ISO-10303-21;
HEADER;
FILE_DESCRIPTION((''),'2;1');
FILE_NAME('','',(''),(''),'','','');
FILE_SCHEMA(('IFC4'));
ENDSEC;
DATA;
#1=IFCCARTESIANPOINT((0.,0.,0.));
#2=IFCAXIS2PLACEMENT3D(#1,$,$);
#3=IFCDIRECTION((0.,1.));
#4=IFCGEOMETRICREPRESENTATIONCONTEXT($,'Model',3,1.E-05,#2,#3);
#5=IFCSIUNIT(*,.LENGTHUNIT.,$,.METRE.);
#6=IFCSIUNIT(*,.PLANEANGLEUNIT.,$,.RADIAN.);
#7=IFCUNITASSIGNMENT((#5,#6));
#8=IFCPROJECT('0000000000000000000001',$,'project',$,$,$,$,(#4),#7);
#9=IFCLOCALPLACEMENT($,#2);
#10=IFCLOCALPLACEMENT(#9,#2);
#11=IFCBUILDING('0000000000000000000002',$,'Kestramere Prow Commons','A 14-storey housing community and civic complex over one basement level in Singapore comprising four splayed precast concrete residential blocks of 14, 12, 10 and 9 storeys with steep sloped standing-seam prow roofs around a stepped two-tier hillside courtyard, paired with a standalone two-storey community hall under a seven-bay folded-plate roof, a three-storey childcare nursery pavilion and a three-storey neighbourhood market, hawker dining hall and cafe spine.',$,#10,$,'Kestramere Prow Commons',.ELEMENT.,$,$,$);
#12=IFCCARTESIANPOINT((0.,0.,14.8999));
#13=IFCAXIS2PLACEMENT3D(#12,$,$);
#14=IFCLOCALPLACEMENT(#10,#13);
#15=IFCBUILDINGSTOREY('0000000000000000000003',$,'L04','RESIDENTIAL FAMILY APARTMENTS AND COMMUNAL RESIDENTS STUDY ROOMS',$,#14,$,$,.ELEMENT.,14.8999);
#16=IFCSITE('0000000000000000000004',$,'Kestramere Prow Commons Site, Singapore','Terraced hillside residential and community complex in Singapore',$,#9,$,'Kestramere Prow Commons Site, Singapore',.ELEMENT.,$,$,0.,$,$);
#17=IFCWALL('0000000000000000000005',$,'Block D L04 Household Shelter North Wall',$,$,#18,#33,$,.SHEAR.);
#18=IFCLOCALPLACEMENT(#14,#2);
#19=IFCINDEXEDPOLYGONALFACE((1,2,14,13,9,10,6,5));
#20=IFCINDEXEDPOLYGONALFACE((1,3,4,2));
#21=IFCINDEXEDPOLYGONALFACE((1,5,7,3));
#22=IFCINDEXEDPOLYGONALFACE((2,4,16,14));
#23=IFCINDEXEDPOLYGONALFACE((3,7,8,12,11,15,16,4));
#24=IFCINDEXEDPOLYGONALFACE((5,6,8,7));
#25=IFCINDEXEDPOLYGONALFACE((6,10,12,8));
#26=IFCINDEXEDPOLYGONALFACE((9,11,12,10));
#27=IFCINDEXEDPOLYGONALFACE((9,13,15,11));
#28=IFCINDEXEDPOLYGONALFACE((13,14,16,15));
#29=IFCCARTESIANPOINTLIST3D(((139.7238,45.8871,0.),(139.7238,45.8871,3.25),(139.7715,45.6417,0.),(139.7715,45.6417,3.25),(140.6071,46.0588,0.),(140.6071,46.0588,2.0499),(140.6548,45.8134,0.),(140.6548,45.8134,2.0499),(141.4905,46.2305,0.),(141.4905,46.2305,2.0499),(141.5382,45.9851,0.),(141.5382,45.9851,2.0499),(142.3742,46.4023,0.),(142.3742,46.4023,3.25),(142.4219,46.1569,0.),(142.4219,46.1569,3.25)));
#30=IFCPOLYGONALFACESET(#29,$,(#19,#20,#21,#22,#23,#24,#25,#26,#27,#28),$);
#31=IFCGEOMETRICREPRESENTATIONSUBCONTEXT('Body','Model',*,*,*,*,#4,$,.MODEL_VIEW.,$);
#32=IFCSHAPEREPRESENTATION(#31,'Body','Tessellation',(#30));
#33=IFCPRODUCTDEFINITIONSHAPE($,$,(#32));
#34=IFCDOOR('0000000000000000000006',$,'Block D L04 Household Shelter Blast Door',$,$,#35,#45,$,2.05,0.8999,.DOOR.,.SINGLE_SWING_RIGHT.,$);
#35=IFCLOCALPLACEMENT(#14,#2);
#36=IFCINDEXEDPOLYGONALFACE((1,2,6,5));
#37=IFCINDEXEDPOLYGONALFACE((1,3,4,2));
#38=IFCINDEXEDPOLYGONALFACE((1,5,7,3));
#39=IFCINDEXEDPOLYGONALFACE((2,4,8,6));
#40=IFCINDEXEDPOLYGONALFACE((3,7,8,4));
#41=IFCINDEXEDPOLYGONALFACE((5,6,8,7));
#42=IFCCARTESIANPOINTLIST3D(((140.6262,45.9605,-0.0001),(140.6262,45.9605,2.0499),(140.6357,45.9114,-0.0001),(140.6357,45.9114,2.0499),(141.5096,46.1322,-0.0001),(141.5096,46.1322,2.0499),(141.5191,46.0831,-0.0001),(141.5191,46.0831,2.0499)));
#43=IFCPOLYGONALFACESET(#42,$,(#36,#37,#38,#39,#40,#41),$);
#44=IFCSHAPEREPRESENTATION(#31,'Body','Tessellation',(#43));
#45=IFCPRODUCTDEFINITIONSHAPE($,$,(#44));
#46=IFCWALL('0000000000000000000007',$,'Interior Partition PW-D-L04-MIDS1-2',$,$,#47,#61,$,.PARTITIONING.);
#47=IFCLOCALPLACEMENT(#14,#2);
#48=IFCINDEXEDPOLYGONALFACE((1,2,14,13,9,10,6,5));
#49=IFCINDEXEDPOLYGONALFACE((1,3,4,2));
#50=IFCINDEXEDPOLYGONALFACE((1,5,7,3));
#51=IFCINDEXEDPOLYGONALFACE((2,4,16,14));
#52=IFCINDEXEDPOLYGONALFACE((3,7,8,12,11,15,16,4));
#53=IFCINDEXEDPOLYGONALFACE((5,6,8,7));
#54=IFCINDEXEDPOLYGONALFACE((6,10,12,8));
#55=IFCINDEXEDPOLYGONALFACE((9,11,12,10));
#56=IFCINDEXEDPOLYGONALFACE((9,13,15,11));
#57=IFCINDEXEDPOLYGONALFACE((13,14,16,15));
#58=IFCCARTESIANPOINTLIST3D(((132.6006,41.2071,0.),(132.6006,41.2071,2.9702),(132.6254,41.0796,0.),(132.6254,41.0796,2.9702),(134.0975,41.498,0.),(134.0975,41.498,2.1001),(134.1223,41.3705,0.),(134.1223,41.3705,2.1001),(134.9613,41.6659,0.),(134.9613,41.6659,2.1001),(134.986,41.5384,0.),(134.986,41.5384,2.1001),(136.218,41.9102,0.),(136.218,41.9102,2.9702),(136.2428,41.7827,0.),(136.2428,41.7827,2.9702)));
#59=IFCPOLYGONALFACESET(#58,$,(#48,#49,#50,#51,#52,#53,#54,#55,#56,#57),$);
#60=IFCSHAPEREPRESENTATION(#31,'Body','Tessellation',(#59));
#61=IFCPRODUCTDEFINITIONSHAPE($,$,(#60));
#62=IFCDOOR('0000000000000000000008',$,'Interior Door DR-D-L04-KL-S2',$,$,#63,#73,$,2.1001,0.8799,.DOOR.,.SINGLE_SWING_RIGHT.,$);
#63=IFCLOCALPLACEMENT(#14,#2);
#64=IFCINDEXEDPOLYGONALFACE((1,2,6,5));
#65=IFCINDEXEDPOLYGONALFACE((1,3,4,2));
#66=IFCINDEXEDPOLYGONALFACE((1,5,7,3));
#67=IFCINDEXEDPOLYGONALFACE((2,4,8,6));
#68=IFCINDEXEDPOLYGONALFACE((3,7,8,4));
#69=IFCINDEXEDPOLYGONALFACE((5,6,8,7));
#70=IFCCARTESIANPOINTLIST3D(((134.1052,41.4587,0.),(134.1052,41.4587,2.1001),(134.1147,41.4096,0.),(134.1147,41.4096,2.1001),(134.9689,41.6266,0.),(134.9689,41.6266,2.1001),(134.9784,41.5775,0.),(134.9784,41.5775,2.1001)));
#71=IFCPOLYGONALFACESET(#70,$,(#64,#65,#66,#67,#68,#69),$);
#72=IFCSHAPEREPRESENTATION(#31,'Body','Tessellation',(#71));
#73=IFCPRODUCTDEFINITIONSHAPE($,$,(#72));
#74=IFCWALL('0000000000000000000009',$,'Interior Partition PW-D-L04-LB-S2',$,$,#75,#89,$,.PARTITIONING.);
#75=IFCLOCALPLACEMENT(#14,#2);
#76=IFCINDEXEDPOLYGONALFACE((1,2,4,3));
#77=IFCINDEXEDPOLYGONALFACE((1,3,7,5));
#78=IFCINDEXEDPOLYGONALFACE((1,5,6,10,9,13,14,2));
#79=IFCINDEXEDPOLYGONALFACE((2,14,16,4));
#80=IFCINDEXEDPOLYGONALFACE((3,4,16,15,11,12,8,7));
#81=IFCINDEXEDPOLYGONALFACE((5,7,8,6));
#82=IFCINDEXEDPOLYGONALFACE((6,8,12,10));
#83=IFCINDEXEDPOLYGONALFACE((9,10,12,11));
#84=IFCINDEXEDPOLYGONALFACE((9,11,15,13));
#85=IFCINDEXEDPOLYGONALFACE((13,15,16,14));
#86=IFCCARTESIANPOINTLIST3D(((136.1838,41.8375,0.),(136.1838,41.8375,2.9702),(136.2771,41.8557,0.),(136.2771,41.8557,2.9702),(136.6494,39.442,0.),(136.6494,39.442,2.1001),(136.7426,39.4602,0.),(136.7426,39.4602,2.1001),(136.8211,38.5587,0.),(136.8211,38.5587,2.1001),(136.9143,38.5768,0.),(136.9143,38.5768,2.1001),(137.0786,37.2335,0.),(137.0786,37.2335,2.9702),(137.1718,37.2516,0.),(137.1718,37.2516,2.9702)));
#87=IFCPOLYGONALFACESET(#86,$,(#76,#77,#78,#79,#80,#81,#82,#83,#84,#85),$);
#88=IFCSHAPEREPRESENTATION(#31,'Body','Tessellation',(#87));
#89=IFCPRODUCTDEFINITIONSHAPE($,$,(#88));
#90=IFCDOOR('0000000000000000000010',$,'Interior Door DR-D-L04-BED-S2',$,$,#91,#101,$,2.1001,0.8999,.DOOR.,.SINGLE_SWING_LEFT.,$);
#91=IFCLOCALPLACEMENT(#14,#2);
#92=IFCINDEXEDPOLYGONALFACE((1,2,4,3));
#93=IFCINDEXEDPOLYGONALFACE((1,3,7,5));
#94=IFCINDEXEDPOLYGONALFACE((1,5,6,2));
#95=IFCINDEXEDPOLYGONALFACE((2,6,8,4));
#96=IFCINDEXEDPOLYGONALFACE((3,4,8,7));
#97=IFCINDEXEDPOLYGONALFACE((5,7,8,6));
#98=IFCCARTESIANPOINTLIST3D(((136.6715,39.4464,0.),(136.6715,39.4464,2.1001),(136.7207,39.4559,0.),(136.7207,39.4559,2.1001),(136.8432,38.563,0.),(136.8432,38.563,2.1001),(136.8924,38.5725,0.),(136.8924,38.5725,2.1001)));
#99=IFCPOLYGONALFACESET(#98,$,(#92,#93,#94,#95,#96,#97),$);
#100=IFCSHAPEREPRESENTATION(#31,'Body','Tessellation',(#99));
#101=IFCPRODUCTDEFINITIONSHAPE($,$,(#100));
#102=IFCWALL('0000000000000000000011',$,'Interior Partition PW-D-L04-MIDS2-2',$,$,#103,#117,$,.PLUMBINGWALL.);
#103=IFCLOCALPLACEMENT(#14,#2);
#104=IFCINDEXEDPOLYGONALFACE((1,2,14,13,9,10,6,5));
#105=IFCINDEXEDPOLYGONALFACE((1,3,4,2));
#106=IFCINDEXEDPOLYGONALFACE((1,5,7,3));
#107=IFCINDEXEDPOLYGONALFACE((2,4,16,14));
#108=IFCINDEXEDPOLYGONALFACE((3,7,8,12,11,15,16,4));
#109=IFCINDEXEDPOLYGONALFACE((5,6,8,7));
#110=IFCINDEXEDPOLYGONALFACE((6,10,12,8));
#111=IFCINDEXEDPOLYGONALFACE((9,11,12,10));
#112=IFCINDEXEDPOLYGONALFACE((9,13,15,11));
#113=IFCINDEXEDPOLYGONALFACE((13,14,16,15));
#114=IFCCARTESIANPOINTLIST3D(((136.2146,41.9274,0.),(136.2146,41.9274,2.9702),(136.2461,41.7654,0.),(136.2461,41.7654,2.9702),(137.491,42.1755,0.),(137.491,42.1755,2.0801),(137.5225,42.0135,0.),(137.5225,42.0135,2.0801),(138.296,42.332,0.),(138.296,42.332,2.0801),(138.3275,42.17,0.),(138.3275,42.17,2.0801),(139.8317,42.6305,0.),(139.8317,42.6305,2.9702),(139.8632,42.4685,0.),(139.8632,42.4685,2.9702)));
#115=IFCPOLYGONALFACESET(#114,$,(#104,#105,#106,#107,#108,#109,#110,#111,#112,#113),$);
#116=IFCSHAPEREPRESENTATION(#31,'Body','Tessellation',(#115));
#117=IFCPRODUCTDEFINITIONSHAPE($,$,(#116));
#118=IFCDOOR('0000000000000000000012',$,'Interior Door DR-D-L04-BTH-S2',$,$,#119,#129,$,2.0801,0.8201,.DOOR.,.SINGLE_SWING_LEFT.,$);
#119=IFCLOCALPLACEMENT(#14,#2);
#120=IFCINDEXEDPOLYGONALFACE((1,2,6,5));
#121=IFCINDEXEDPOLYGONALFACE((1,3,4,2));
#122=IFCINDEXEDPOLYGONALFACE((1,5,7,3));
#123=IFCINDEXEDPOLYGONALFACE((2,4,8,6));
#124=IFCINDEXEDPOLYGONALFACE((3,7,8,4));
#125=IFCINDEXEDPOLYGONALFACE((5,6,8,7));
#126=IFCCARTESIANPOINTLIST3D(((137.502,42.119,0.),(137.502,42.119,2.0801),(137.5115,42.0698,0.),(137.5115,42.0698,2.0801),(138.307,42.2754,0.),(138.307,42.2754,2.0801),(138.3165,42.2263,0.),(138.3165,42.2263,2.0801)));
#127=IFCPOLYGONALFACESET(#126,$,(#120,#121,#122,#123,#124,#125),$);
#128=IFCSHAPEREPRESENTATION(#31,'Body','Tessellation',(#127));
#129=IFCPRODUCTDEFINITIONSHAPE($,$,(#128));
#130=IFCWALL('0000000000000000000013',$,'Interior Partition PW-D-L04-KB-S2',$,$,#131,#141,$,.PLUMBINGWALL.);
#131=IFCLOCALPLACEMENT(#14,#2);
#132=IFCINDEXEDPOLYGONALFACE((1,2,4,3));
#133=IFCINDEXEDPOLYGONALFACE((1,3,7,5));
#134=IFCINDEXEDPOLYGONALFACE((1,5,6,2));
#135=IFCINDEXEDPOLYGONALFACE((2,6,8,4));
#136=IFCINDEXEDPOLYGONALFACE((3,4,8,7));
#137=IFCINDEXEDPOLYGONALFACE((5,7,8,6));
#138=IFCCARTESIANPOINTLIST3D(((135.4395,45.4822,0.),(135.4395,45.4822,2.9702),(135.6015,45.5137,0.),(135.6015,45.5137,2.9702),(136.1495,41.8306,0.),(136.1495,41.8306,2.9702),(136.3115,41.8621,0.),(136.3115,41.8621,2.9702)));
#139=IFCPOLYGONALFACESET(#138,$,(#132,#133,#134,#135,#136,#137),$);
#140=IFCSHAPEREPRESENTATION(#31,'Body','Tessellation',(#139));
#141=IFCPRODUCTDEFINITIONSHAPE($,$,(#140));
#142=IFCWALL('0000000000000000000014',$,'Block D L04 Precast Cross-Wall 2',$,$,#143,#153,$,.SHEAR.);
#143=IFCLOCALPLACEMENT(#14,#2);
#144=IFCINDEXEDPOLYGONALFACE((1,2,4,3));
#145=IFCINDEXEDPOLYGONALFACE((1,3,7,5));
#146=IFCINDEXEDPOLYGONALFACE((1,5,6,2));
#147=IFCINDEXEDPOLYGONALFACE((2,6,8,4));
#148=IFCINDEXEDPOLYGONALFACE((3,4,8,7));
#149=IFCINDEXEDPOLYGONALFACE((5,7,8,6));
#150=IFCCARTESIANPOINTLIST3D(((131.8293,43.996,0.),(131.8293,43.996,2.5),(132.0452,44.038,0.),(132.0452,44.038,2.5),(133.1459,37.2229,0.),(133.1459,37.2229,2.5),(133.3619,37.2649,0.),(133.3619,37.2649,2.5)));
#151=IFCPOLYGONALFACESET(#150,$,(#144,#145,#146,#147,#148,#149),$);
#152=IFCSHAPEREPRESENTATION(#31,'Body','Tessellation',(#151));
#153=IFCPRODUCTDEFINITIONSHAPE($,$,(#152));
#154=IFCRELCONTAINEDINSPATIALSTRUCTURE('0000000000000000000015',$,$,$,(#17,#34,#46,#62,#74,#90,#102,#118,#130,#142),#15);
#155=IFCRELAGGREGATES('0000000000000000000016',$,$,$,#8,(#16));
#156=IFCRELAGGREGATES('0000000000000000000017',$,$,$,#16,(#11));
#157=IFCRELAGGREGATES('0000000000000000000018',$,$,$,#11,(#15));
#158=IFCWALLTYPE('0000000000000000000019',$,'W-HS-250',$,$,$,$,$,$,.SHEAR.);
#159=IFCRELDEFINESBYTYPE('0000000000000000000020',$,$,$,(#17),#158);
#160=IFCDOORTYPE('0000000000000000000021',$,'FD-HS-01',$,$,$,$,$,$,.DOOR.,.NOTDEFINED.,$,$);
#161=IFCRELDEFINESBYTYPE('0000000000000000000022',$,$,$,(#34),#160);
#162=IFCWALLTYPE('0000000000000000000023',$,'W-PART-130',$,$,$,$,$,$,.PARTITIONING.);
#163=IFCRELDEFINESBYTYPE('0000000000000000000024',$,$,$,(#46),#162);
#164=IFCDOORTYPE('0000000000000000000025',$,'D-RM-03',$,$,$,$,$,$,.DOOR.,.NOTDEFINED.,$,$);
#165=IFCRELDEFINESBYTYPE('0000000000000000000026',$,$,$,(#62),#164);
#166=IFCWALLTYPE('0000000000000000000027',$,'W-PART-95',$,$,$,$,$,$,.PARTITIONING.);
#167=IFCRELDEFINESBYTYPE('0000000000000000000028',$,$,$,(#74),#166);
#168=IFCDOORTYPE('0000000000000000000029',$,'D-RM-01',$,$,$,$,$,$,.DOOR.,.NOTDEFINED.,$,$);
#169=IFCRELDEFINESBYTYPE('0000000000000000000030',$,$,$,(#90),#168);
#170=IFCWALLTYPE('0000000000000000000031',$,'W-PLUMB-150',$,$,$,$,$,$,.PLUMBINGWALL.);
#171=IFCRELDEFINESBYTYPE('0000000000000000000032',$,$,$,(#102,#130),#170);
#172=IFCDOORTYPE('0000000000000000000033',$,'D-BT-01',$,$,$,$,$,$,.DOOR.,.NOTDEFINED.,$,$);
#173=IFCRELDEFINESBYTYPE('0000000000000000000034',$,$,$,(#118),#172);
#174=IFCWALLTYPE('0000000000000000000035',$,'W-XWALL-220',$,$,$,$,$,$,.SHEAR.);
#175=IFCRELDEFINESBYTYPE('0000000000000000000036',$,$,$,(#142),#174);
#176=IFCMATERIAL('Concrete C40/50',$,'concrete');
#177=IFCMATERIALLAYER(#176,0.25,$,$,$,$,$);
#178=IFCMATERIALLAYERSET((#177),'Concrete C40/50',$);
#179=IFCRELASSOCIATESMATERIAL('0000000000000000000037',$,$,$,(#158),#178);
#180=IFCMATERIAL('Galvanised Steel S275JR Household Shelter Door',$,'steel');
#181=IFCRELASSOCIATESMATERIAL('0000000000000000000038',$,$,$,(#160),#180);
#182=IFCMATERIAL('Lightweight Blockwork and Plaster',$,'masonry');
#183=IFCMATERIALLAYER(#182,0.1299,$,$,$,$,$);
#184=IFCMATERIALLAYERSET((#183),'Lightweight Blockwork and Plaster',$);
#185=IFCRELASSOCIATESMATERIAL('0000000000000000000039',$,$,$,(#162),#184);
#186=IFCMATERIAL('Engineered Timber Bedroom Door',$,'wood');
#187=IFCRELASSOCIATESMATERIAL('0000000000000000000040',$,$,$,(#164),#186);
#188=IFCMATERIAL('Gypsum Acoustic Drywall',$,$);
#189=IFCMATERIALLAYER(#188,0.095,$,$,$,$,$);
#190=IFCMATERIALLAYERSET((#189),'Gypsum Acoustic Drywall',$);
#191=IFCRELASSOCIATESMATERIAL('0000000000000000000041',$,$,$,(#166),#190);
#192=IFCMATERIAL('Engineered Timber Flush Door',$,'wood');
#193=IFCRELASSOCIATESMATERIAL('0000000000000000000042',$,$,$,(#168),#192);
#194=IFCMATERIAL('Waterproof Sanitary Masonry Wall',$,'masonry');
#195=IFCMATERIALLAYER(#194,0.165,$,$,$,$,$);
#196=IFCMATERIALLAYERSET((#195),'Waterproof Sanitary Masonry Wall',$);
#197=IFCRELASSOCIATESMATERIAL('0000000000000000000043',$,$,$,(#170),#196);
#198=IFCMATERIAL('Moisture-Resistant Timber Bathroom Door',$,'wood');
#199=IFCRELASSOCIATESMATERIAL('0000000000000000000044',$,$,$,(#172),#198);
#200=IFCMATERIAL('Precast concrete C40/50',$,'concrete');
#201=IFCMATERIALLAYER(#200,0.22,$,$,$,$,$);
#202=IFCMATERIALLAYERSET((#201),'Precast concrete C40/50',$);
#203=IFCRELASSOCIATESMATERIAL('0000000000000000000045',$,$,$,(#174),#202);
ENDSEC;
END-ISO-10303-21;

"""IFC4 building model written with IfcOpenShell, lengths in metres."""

from ifc_helpers import new_model, si_unit, direction, frame, frame_2d, origin, place, context, subcontext, project, spatial, rectangle, extrude, material, layer, layer_set, type_object, element, fill, save


model = new_model("IFC4")

# Units and contexts
model_context = context("Model", 3, precision=1e-05, world=origin(), true_north=direction((0.0, 1.0)))
body_context = subcontext(model_context, "Body", "Model", "MODEL_VIEW")
ifc_project = project(units=[si_unit("LENGTHUNIT", "METRE"), si_unit("PLANEANGLEUNIT", "RADIAN")], contexts=[model_context])

# Site, building, storey
site_placement = place(None, origin())
site = spatial("IfcSite", under=ifc_project, at=site_placement, Name="Kestramere Prow Commons Site, Singapore", Description="Terraced hillside residential and community complex in Singapore", LongName="Kestramere Prow Commons Site, Singapore", CompositionType="ELEMENT", RefElevation=0.0)
building_placement = place(site_placement, origin())
building = spatial("IfcBuilding", under=site, at=building_placement, Name="Kestramere Prow Commons", Description="A 14-storey housing community and civic complex over one basement level in Singapore comprising four splayed precast concrete residential blocks of 14, 12, 10 and 9 storeys with steep sloped standing-seam prow roofs around a stepped two-tier hillside courtyard, paired with a standalone two-storey community hall under a seven-bay folded-plate roof, a three-storey childcare nursery pavilion and a three-storey neighbourhood market, hawker dining hall and cafe spine.", LongName="Kestramere Prow Commons", CompositionType="ELEMENT")
storey_placement = place(building_placement, frame((0.0, 0.0, 14.8999)))
storey = spatial("IfcBuildingStorey", under=building, at=storey_placement, Name="L04", Description="RESIDENTIAL FAMILY APARTMENTS AND COMMUNAL RESIDENTS STUDY ROOMS", CompositionType="ELEMENT", Elevation=14.8999)

# Shared definitions
ifc_material_1 = material(Name="Precast concrete C40/50", Category="concrete")

# Shared definitions
ifc_material_2 = material(Name="Concrete C40/50", Category="concrete")
ifc_layer_1 = layer(ifc_material_2, 0.25)
ifc_layer_set_1 = layer_set([ifc_layer_1], Name="Concrete C40/50")
wall_type_1 = type_object("IfcWallType", Name="W-HS-250", PredefinedType="SHEAR", material=ifc_layer_set_1)

# Walls, openings, doors
wall_1_placement = place(storey_placement, frame((139.7476, 45.7644, 0.0), z_axis=(0.0, 0.0, 1.0), x_axis=(0.98163, 0.190792, 0.0)))
wall_1 = element("IfcWall", 1, at=wall_1_placement, inside=storey, type_object=wall_type_1, Name="Block D L04 Household Shelter North Wall", PredefinedType="SHEAR", context=body_context, shape_type="SweptSolid", body=[
    extrude(rectangle(XDim=2.7, YDim=0.25, at=frame_2d((1.3501, 0.0))), origin(), (0.0, 0.0, 1.0), 3.25),
])
opening_1_placement = place(wall_1_placement, frame((0.8999, 0.0, 0.0)))
opening_1 = element("IfcOpeningElement", 2, at=opening_1_placement, cuts=wall_1, PredefinedType="OPENING", context=body_context, shape_type="SweptSolid", body=[
    extrude(rectangle(XDim=0.8999, YDim=2.05, at=frame_2d((0.45, 1.0249))), frame((0.0, 0.1399, 0.0), z_axis=(0.0, -1.0, 0.0), x_axis=(1.0, 0.0, 0.0)), (0.0, 0.0, 1.0), 0.28),
])
ifc_material_3 = material(Name="Galvanised Steel S275JR Household Shelter Door", Category="steel")
door_type_1 = type_object("IfcDoorType", Name="FD-HS-01", OperationType="NOTDEFINED", PredefinedType="DOOR", material=ifc_material_3)
door_1_placement = place(opening_1_placement, origin())
door_1 = element("IfcDoor", 3, at=door_1_placement, inside=storey, type_object=door_type_1, Name="Block D L04 Household Shelter Blast Door", OperationType="SINGLE_SWING_RIGHT", OverallHeight=2.05, OverallWidth=0.8999, PredefinedType="DOOR", context=body_context, shape_type="SweptSolid", body=[
    extrude(rectangle(XDim=0.8999, YDim=2.05, at=frame_2d((0.45, 1.0249))), frame((0.0, 0.0249, 0.0), z_axis=(0.0, -1.0, 0.0), x_axis=(1.0, 0.0, 0.0)), (0.0, 0.0, 1.0), 0.05),
])
fill(opening_1, door_1)
ifc_material_4 = material(Name="Lightweight Blockwork and Plaster", Category="masonry")
ifc_layer_2 = layer(ifc_material_4, 0.1299)
ifc_layer_set_2 = layer_set([ifc_layer_2], Name="Lightweight Blockwork and Plaster")
wall_type_2 = type_object("IfcWallType", Name="W-PART-130", PredefinedType="PARTITIONING", material=ifc_layer_set_2)
wall_2_placement = place(storey_placement, frame((132.613, 41.1433, 0.0), z_axis=(0.0, 0.0, 1.0), x_axis=(0.981629, 0.190801, 0.0)))
wall_2 = element("IfcWall", 4, at=wall_2_placement, inside=storey, type_object=wall_type_2, Name="Interior Partition PW-D-L04-MIDS1-2", PredefinedType="PARTITIONING", context=body_context, shape_type="SweptSolid", body=[
    extrude(rectangle(XDim=3.6851, YDim=0.1299, at=frame_2d((1.8425, 0.0))), origin(), (0.0, 0.0, 1.0), 2.9702),
])
opening_2_placement = place(wall_2_placement, frame((1.5249, 0.0, 0.0)))
opening_2 = element("IfcOpeningElement", 5, at=opening_2_placement, cuts=wall_2, PredefinedType="OPENING", context=body_context, shape_type="SweptSolid", body=[
    extrude(rectangle(XDim=0.8799, YDim=2.1001, at=frame_2d((0.4399, 1.05))), frame((0.0, 0.0798, 0.0), z_axis=(0.0, -1.0, 0.0), x_axis=(1.0, 0.0, 0.0)), (0.0, 0.0, 1.0), 0.1599),
])
ifc_material_5 = material(Name="Engineered Timber Bedroom Door", Category="wood")
door_type_2 = type_object("IfcDoorType", Name="D-RM-03", OperationType="NOTDEFINED", PredefinedType="DOOR", material=ifc_material_5)
door_2_placement = place(opening_2_placement, origin())
door_2 = element("IfcDoor", 6, at=door_2_placement, inside=storey, type_object=door_type_2, Name="Interior Door DR-D-L04-KL-S2", OperationType="SINGLE_SWING_RIGHT", OverallHeight=2.1001, OverallWidth=0.8799, PredefinedType="DOOR", context=body_context, shape_type="SweptSolid", body=[
    extrude(rectangle(XDim=0.8799, YDim=2.1001, at=frame_2d((0.4399, 1.05))), frame((0.0, 0.0249, 0.0), z_axis=(0.0, -1.0, 0.0), x_axis=(1.0, 0.0, 0.0)), (0.0, 0.0, 1.0), 0.05),
])
fill(opening_2, door_2)
ifc_material_6 = material(Name="Gypsum Acoustic Drywall")
ifc_layer_3 = layer(ifc_material_6, 0.095)
ifc_layer_set_3 = layer_set([ifc_layer_3], Name="Gypsum Acoustic Drywall")
wall_type_3 = type_object("IfcWallType", Name="W-PART-95", PredefinedType="PARTITIONING", material=ifc_layer_set_3)
wall_3_placement = place(storey_placement, frame((137.1252, 37.2424, 0.0), z_axis=(0.0, 0.0, 1.0), x_axis=(-0.190778, 0.981633, 0.0)))
wall_3 = element("IfcWall", 7, at=wall_3_placement, inside=storey, type_object=wall_type_3, Name="Interior Partition PW-D-L04-LB-S2", PredefinedType="PARTITIONING", context=body_context, shape_type="SweptSolid", body=[
    extrude(rectangle(XDim=4.6902, YDim=0.095, at=frame_2d((2.3452, 0.0))), origin(), (0.0, 0.0, 1.0), 2.9702),
])
opening_3_placement = place(wall_3_placement, frame((1.3501, 0.0, 0.0)))
opening_3 = element("IfcOpeningElement", 8, at=opening_3_placement, cuts=wall_3, PredefinedType="OPENING", context=body_context, shape_type="SweptSolid", body=[
    extrude(rectangle(XDim=0.8999, YDim=2.1001, at=frame_2d((0.45, 1.05))), frame((0.0, 0.0625, 0.0), z_axis=(0.0, -1.0, 0.0), x_axis=(1.0, 0.0, 0.0)), (0.0, 0.0, 1.0), 0.125),
])
ifc_material_7 = material(Name="Engineered Timber Flush Door", Category="wood")
door_type_3 = type_object("IfcDoorType", Name="D-RM-01", OperationType="NOTDEFINED", PredefinedType="DOOR", material=ifc_material_7)
door_3_placement = place(opening_3_placement, origin())
door_3 = element("IfcDoor", 9, at=door_3_placement, inside=storey, type_object=door_type_3, Name="Interior Door DR-D-L04-BED-S2", OperationType="SINGLE_SWING_LEFT", OverallHeight=2.1001, OverallWidth=0.8999, PredefinedType="DOOR", context=body_context, shape_type="SweptSolid", body=[
    extrude(rectangle(XDim=0.8999, YDim=2.1001, at=frame_2d((0.45, 1.05))), frame((0.0, 0.0249, 0.0), z_axis=(0.0, -1.0, 0.0), x_axis=(1.0, 0.0, 0.0)), (0.0, 0.0, 1.0), 0.05),
])
fill(opening_3, door_3)
ifc_material_8 = material(Name="Waterproof Sanitary Masonry Wall", Category="masonry")
ifc_layer_4 = layer(ifc_material_8, 0.165)
ifc_layer_set_4 = layer_set([ifc_layer_4], Name="Waterproof Sanitary Masonry Wall")
wall_type_4 = type_object("IfcWallType", Name="W-PLUMB-150", PredefinedType="PLUMBINGWALL", material=ifc_layer_set_4)
wall_4_placement = place(storey_placement, frame((136.2305, 41.8464, 0.0), z_axis=(0.0, 0.0, 1.0), x_axis=(0.981626, 0.190813, 0.0)))
wall_4 = element("IfcWall", 10, at=wall_4_placement, inside=storey, type_object=wall_type_4, Name="Interior Partition PW-D-L04-MIDS2-2", PredefinedType="PLUMBINGWALL", context=body_context, shape_type="SweptSolid", body=[
    extrude(rectangle(XDim=3.6848, YDim=0.165, at=frame_2d((1.8423, 0.0))), origin(), (0.0, 0.0, 1.0), 2.9702),
])
opening_4_placement = place(wall_4_placement, frame((1.3, 0.0, 0.0)))
opening_4 = element("IfcOpeningElement", 11, at=opening_4_placement, cuts=wall_4, PredefinedType="OPENING", context=body_context, shape_type="SweptSolid", body=[
    extrude(rectangle(XDim=0.8201, YDim=2.0801, at=frame_2d((0.4102, 1.04))), frame((0.0, 0.0974, 0.0), z_axis=(0.0, -1.0, 0.0), x_axis=(1.0, 0.0, 0.0)), (0.0, 0.0, 1.0), 0.1951),
])
ifc_material_9 = material(Name="Moisture-Resistant Timber Bathroom Door", Category="wood")
door_type_4 = type_object("IfcDoorType", Name="D-BT-01", OperationType="NOTDEFINED", PredefinedType="DOOR", material=ifc_material_9)
door_4_placement = place(opening_4_placement, origin())
door_4 = element("IfcDoor", 12, at=door_4_placement, inside=storey, type_object=door_type_4, Name="Interior Door DR-D-L04-BTH-S2", OperationType="SINGLE_SWING_LEFT", OverallHeight=2.0801, OverallWidth=0.8201, PredefinedType="DOOR", context=body_context, shape_type="SweptSolid", body=[
    extrude(rectangle(XDim=0.8201, YDim=2.0801, at=frame_2d((0.4102, 1.04))), frame((0.0, 0.0249, 0.0), z_axis=(0.0, -1.0, 0.0), x_axis=(1.0, 0.0, 0.0)), (0.0, 0.0, 1.0), 0.05),
])
fill(opening_4, door_4)

# Walls
wall_5_placement = place(storey_placement, frame((136.2305, 41.8464, 0.0), z_axis=(0.0, 0.0, 1.0), x_axis=(-0.19085, 0.981619, 0.0)))
element("IfcWall", 13, at=wall_5_placement, inside=storey, type_object=wall_type_4, Name="Interior Partition PW-D-L04-KB-S2", PredefinedType="PLUMBINGWALL", context=body_context, shape_type="SweptSolid", body=[
    extrude(rectangle(XDim=3.72, YDim=0.165, at=frame_2d((1.8599, 0.0))), origin(), (0.0, 0.0, 1.0), 2.9702),
])
ifc_layer_5 = layer(ifc_material_1, 0.22)
ifc_layer_set_5 = layer_set([ifc_layer_5], Name="Precast concrete C40/50")
wall_type_5 = type_object("IfcWallType", Name="W-XWALL-220", PredefinedType="SHEAR", material=ifc_layer_set_5)
wall_6_placement = place(storey_placement, frame((133.2539, 37.2439, 0.0), z_axis=(0.0, 0.0, 1.0), x_axis=(-0.190819, 0.981625, 0.0)))
element("IfcWall", 14, at=wall_6_placement, inside=storey, type_object=wall_type_5, Name="Block D L04 Precast Cross-Wall 2", PredefinedType="SHEAR", context=body_context, shape_type="SweptSolid", body=[
    extrude(rectangle(XDim=6.8999, YDim=0.22, at=frame_2d((3.45, 0.0))), origin(), (0.0, 0.0, 1.0), 2.5),
])

save(model, "model.ifc")
